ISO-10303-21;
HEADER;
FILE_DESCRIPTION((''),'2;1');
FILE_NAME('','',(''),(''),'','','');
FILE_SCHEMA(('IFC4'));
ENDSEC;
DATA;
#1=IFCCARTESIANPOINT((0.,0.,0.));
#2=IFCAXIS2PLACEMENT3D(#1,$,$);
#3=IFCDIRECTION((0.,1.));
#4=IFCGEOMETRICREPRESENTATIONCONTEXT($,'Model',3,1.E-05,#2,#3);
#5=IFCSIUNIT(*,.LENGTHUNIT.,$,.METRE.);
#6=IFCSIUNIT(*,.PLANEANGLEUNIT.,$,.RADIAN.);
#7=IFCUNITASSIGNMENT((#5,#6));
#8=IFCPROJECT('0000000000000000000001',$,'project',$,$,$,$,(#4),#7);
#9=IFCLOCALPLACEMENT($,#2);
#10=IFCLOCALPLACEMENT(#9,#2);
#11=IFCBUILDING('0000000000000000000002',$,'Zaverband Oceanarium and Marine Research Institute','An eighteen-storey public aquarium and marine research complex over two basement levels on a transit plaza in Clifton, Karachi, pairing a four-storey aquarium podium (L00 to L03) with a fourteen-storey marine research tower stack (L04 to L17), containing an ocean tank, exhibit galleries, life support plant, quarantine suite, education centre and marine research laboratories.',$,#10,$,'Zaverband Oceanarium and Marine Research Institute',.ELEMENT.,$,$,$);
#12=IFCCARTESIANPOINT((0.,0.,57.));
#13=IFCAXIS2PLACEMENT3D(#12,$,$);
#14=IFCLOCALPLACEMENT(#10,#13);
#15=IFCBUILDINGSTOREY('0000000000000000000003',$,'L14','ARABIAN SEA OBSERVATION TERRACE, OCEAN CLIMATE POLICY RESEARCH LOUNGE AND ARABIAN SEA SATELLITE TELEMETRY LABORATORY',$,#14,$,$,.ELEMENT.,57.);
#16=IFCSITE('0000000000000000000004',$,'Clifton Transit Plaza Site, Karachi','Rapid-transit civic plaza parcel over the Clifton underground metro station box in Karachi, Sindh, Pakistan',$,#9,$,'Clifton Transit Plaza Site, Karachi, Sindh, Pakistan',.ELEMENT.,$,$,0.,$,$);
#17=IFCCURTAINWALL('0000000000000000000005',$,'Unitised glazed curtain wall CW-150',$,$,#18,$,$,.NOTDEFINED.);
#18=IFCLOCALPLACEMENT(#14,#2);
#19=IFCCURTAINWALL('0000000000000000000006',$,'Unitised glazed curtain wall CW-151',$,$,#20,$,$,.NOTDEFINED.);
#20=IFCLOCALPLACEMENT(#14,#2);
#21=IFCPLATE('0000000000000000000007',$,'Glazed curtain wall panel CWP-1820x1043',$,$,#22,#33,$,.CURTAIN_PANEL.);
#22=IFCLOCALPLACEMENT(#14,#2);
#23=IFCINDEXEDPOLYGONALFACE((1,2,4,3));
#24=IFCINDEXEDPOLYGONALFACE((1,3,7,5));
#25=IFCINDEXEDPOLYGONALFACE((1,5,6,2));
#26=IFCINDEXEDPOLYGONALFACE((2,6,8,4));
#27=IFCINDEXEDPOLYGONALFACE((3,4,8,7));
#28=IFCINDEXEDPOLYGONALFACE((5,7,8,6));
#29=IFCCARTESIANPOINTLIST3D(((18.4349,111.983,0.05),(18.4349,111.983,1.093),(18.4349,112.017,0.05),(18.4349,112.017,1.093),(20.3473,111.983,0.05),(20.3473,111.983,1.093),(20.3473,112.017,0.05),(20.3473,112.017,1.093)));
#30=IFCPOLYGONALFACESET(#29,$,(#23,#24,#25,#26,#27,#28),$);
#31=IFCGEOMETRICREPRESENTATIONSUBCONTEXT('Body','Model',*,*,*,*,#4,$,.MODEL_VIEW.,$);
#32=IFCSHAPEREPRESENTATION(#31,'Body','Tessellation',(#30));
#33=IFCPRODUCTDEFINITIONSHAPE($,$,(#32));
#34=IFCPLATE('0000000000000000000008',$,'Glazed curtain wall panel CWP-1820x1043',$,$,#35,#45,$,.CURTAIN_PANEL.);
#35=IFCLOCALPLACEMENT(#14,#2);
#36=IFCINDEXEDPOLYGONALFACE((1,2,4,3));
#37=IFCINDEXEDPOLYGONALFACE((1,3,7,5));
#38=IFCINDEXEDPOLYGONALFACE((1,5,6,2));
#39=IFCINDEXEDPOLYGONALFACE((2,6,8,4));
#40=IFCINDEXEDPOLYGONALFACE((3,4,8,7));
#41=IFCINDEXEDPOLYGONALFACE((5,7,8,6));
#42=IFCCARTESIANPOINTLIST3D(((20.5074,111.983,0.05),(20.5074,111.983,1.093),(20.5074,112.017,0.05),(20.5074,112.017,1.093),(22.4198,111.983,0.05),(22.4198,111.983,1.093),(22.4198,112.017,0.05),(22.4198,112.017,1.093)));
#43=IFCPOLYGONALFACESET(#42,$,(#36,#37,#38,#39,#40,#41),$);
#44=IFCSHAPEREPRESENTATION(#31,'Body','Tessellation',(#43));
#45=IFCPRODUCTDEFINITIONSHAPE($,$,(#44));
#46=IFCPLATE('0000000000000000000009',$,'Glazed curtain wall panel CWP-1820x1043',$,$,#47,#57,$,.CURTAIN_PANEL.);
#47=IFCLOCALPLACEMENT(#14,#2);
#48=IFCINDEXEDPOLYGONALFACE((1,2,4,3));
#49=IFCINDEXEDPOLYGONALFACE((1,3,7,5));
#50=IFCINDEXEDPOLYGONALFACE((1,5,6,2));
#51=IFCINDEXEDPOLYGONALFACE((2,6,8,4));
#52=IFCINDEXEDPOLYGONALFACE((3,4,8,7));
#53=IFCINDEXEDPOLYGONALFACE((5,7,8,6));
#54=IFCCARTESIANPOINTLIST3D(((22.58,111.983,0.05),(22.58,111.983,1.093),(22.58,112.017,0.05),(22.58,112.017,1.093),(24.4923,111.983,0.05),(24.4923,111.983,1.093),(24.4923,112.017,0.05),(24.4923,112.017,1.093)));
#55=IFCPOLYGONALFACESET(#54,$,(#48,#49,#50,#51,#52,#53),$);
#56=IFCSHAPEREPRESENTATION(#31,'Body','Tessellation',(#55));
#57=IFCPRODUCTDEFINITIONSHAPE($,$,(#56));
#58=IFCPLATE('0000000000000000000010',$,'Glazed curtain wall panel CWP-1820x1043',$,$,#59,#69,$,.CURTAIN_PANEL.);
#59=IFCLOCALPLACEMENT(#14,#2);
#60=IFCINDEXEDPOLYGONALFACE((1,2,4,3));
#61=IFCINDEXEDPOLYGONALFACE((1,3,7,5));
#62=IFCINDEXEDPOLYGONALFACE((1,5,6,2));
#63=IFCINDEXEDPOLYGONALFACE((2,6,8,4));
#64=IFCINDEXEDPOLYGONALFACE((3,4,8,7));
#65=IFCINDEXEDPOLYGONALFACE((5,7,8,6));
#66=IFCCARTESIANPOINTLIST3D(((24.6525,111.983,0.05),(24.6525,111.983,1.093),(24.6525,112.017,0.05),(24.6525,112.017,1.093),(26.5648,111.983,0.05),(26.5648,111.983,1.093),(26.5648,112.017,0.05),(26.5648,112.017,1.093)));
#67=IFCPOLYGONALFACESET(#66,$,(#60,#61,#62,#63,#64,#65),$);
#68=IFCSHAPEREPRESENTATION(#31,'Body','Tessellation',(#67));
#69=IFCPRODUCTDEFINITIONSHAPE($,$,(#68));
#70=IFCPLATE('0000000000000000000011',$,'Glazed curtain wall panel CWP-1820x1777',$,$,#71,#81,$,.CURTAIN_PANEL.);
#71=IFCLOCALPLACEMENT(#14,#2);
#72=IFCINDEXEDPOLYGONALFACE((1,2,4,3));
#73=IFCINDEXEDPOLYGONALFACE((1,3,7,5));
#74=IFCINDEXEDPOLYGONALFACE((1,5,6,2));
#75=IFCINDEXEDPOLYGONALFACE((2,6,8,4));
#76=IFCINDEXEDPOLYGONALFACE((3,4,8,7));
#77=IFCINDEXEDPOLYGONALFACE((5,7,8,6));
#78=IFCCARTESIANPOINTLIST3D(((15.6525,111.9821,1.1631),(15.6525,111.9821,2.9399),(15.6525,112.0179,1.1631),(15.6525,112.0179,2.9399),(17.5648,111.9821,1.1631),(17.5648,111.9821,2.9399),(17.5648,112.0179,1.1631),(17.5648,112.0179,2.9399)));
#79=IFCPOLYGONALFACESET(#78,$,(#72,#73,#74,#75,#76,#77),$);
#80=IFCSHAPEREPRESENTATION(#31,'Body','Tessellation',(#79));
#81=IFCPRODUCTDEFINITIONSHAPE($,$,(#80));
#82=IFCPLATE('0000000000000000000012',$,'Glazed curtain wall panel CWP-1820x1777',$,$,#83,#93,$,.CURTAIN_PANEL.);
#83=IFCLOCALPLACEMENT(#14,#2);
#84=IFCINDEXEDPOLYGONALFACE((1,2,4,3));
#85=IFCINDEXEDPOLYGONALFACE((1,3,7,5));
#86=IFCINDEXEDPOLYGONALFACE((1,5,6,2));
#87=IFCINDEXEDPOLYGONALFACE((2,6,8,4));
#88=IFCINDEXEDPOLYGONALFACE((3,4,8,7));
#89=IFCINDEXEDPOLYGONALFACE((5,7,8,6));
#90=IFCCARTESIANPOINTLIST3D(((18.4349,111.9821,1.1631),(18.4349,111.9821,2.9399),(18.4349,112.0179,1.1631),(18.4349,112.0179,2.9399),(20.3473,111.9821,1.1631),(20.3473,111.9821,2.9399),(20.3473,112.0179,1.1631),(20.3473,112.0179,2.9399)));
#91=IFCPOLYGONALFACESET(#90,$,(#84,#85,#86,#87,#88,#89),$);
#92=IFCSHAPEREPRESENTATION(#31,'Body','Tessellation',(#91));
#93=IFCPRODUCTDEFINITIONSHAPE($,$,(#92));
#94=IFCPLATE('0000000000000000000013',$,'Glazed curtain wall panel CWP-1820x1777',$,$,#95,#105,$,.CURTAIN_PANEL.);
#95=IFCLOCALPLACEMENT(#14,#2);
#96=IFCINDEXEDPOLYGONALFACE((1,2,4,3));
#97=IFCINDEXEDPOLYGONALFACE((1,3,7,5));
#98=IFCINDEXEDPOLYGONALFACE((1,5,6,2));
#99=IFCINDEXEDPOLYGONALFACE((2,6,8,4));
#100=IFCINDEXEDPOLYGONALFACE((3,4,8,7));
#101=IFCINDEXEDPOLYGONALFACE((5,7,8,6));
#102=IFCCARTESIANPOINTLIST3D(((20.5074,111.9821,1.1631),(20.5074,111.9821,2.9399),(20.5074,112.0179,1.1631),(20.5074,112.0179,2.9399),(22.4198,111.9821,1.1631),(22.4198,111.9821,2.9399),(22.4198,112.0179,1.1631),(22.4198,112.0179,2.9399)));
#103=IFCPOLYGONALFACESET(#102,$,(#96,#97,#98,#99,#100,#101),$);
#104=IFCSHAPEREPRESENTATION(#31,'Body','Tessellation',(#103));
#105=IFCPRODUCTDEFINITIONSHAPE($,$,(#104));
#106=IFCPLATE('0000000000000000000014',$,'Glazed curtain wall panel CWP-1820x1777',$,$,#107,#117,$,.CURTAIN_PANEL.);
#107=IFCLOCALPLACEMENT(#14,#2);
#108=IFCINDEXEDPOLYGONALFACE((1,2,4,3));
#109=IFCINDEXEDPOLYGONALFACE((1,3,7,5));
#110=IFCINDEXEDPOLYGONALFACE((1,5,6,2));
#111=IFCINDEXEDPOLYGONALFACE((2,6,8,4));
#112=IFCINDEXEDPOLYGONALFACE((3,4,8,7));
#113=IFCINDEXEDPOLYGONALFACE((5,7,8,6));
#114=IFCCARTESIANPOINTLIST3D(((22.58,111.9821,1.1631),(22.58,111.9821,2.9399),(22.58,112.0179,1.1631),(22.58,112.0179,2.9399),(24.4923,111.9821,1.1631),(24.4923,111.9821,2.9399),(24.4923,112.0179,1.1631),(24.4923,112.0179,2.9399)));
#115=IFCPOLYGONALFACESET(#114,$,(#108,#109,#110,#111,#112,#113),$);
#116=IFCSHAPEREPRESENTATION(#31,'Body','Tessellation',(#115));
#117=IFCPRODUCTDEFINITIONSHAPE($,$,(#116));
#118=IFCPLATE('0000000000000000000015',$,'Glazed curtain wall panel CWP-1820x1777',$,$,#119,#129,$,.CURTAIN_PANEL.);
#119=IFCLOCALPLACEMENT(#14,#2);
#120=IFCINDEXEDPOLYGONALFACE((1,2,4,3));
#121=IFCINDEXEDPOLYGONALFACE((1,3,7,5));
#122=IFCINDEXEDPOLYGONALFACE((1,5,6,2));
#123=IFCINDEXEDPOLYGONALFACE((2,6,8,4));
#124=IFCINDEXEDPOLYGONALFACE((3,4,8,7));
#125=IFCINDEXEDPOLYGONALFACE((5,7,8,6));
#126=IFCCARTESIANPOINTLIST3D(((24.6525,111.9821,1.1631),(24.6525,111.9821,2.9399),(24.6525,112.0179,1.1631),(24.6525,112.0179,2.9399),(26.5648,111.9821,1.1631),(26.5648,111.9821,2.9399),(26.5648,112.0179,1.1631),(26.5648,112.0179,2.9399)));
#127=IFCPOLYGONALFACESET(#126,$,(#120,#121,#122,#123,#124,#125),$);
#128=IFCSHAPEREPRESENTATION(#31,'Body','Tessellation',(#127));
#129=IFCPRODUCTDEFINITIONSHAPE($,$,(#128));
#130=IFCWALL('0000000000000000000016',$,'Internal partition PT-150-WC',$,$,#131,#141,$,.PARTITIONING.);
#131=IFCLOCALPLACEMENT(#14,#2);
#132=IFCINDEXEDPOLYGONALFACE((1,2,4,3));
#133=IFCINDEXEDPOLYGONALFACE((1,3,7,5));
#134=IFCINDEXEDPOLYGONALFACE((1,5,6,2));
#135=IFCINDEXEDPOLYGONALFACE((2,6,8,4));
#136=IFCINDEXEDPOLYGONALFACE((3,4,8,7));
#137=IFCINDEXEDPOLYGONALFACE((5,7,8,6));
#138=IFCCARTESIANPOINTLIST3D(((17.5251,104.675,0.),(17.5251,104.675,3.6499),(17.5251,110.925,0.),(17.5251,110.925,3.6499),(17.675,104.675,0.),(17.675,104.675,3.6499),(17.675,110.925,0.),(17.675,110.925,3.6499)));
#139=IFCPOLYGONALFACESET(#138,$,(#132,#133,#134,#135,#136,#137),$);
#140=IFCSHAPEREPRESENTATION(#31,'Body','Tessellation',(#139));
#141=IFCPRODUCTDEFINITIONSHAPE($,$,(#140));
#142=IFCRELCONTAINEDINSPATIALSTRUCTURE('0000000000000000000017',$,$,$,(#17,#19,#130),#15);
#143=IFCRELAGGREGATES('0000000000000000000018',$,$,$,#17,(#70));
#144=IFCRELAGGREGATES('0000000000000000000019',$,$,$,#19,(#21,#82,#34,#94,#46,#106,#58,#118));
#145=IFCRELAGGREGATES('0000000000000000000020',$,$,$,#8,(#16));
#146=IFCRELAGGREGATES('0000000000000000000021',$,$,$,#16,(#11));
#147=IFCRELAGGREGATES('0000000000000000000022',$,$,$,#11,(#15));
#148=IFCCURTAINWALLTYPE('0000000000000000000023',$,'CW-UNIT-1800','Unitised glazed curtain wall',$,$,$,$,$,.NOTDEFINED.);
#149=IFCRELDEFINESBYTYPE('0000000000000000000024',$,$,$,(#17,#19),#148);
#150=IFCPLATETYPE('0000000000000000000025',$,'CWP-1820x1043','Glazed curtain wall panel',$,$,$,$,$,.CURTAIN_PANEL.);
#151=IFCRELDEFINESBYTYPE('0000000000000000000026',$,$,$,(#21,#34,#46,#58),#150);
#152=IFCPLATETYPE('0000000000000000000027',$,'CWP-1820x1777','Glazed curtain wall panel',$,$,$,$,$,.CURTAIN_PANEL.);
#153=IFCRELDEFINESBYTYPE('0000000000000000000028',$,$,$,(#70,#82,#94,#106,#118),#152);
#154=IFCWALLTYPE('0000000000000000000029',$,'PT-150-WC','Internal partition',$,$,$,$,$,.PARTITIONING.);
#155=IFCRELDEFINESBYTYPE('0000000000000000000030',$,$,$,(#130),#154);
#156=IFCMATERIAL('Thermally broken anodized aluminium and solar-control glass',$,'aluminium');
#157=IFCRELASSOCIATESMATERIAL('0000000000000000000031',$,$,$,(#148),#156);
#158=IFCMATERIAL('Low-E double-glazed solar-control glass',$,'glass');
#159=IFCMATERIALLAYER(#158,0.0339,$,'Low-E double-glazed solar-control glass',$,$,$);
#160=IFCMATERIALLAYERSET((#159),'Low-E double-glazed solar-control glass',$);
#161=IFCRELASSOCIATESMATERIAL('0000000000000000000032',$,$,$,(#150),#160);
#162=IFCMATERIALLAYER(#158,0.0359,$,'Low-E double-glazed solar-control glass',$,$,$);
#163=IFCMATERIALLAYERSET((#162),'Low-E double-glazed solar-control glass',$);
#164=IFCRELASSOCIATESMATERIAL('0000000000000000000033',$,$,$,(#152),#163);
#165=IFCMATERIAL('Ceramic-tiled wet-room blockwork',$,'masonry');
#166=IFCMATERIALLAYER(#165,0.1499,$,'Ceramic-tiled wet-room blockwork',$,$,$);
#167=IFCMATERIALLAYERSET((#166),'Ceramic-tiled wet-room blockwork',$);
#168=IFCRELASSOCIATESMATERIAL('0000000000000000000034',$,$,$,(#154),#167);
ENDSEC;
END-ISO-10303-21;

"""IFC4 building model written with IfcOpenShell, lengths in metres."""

from ifc_helpers import new_model, si_unit, direction, frame, frame_2d, origin, place, context, subcontext, project, spatial, rectangle, extrude, material, layer, layer_set, type_object, element, aggregate, save


model = new_model("IFC4")

# Units and contexts
model_context = context("Model", 3, precision=1e-05, world=origin(), true_north=direction((0.0, 1.0)))
body_context = subcontext(model_context, "Body", "Model", "MODEL_VIEW")
ifc_project = project(units=[si_unit("LENGTHUNIT", "METRE"), si_unit("PLANEANGLEUNIT", "RADIAN")], contexts=[model_context])

# Site, building, storey
site_placement = place(None, origin())
site = spatial("IfcSite", under=ifc_project, at=site_placement, Name="Clifton Transit Plaza Site, Karachi", Description="Rapid-transit civic plaza parcel over the Clifton underground metro station box in Karachi, Sindh, Pakistan", LongName="Clifton Transit Plaza Site, Karachi, Sindh, Pakistan", CompositionType="ELEMENT", RefElevation=0.0)
building_placement = place(site_placement, origin())
building = spatial("IfcBuilding", under=site, at=building_placement, Name="Zaverband Oceanarium and Marine Research Institute", Description="An eighteen-storey public aquarium and marine research complex over two basement levels on a transit plaza in Clifton, Karachi, pairing a four-storey aquarium podium (L00 to L03) with a fourteen-storey marine research tower stack (L04 to L17), containing an ocean tank, exhibit galleries, life support plant, quarantine suite, education centre and marine research laboratories.", LongName="Zaverband Oceanarium and Marine Research Institute", CompositionType="ELEMENT")
storey_placement = place(building_placement, frame((0.0, 0.0, 57.0)))
storey = spatial("IfcBuildingStorey", under=building, at=storey_placement, Name="L14", Description="ARABIAN SEA OBSERVATION TERRACE, OCEAN CLIMATE POLICY RESEARCH LOUNGE AND ARABIAN SEA SATELLITE TELEMETRY LABORATORY", CompositionType="ELEMENT", Elevation=57.0)

# Curtain walls
ifc_material_1 = material(Name="Thermally broken anodized aluminium and solar-control glass", Category="aluminium")
curtain_wall_type = type_object("IfcCurtainWallType", Name="CW-UNIT-1800", Description="Unitised glazed curtain wall", PredefinedType="NOTDEFINED", material=ifc_material_1)
curtain_wall_1_placement = place(storey_placement, origin())
curtain_wall_1 = element("IfcCurtainWall", 1, at=curtain_wall_1_placement, inside=storey, type_object=curtain_wall_type, Name="Unitised glazed curtain wall CW-150", PredefinedType="NOTDEFINED")
curtain_wall_2_placement = place(storey_placement, origin())
curtain_wall_2 = element("IfcCurtainWall", 2, at=curtain_wall_2_placement, inside=storey, type_object=curtain_wall_type, Name="Unitised glazed curtain wall CW-151", PredefinedType="NOTDEFINED")

# Plates
ifc_material_2 = material(Name="Low-E double-glazed solar-control glass", Category="glass")
ifc_layer_1 = layer(ifc_material_2, 0.0339, Name="Low-E double-glazed solar-control glass")
ifc_layer_set_1 = layer_set([ifc_layer_1], Name="Low-E double-glazed solar-control glass")
plate_type_1 = type_object("IfcPlateType", Name="CWP-1820x1043", Description="Glazed curtain wall panel", PredefinedType="CURTAIN_PANEL", material=ifc_layer_set_1)
plate_1_placement = place(storey_placement, frame((18.4351, 112.0, 0.05), z_axis=(0.0, 0.0, 1.0), x_axis=(1.0, 0.0, 0.0)))
plate_1 = element("IfcPlate", 3, at=plate_1_placement, type_object=plate_type_1, Name="Glazed curtain wall panel CWP-1820x1043", PredefinedType="CURTAIN_PANEL", context=body_context, shape_type="SweptSolid", body=[
    extrude(rectangle(XDim=1.9124, YDim=0.0339, at=frame_2d((0.9561, 0.0))), origin(), (0.0, 0.0, 1.0), 1.043),
])
plate_2_placement = place(storey_placement, frame((20.5076, 112.0, 0.05), z_axis=(0.0, 0.0, 1.0), x_axis=(1.0, 0.0, 0.0)))
plate_2 = element("IfcPlate", 4, at=plate_2_placement, type_object=plate_type_1, Name="Glazed curtain wall panel CWP-1820x1043", PredefinedType="CURTAIN_PANEL", context=body_context, shape_type="SweptSolid", body=[
    extrude(rectangle(XDim=1.9124, YDim=0.0339, at=frame_2d((0.9561, 0.0))), origin(), (0.0, 0.0, 1.0), 1.043),
])
plate_3_placement = place(storey_placement, frame((22.5801, 112.0, 0.05), z_axis=(0.0, 0.0, 1.0), x_axis=(1.0, 0.0, 0.0)))
plate_3 = element("IfcPlate", 5, at=plate_3_placement, type_object=plate_type_1, Name="Glazed curtain wall panel CWP-1820x1043", PredefinedType="CURTAIN_PANEL", context=body_context, shape_type="SweptSolid", body=[
    extrude(rectangle(XDim=1.9124, YDim=0.0339, at=frame_2d((0.9561, 0.0))), origin(), (0.0, 0.0, 1.0), 1.043),
])
plate_4_placement = place(storey_placement, frame((24.6526, 112.0, 0.05), z_axis=(0.0, 0.0, 1.0), x_axis=(1.0, 0.0, 0.0)))
plate_4 = element("IfcPlate", 6, at=plate_4_placement, type_object=plate_type_1, Name="Glazed curtain wall panel CWP-1820x1043", PredefinedType="CURTAIN_PANEL", context=body_context, shape_type="SweptSolid", body=[
    extrude(rectangle(XDim=1.9124, YDim=0.0339, at=frame_2d((0.9561, 0.0))), origin(), (0.0, 0.0, 1.0), 1.043),
])
ifc_layer_2 = layer(ifc_material_2, 0.0359, Name="Low-E double-glazed solar-control glass")
ifc_layer_set_2 = layer_set([ifc_layer_2], Name="Low-E double-glazed solar-control glass")
plate_type_2 = type_object("IfcPlateType", Name="CWP-1820x1777", Description="Glazed curtain wall panel", PredefinedType="CURTAIN_PANEL", material=ifc_layer_set_2)
plate_5_placement = place(storey_placement, frame((15.6526, 112.0, 1.1631), z_axis=(0.0, 0.0, 1.0), x_axis=(1.0, 0.0, 0.0)))
plate_5 = element("IfcPlate", 7, at=plate_5_placement, type_object=plate_type_2, Name="Glazed curtain wall panel CWP-1820x1777", PredefinedType="CURTAIN_PANEL", context=body_context, shape_type="SweptSolid", body=[
    extrude(rectangle(XDim=1.9124, YDim=0.0359, at=frame_2d((0.9561, 0.0))), origin(), (0.0, 0.0, 1.0), 1.7769),
])
aggregate(curtain_wall_1, [plate_5])
plate_6_placement = place(storey_placement, frame((18.4351, 112.0, 1.1631), z_axis=(0.0, 0.0, 1.0), x_axis=(1.0, 0.0, 0.0)))
plate_6 = element("IfcPlate", 8, at=plate_6_placement, type_object=plate_type_2, Name="Glazed curtain wall panel CWP-1820x1777", PredefinedType="CURTAIN_PANEL", context=body_context, shape_type="SweptSolid", body=[
    extrude(rectangle(XDim=1.9124, YDim=0.0359, at=frame_2d((0.9561, 0.0))), origin(), (0.0, 0.0, 1.0), 1.7769),
])
plate_7_placement = place(storey_placement, frame((20.5076, 112.0, 1.1631), z_axis=(0.0, 0.0, 1.0), x_axis=(1.0, 0.0, 0.0)))
plate_7 = element("IfcPlate", 9, at=plate_7_placement, type_object=plate_type_2, Name="Glazed curtain wall panel CWP-1820x1777", PredefinedType="CURTAIN_PANEL", context=body_context, shape_type="SweptSolid", body=[
    extrude(rectangle(XDim=1.9124, YDim=0.0359, at=frame_2d((0.9561, 0.0))), origin(), (0.0, 0.0, 1.0), 1.7769),
])
plate_8_placement = place(storey_placement, frame((22.5801, 112.0, 1.1631), z_axis=(0.0, 0.0, 1.0), x_axis=(1.0, 0.0, 0.0)))
plate_8 = element("IfcPlate", 10, at=plate_8_placement, type_object=plate_type_2, Name="Glazed curtain wall panel CWP-1820x1777", PredefinedType="CURTAIN_PANEL", context=body_context, shape_type="SweptSolid", body=[
    extrude(rectangle(XDim=1.9124, YDim=0.0359, at=frame_2d((0.9561, 0.0))), origin(), (0.0, 0.0, 1.0), 1.7769),
])
plate_9_placement = place(storey_placement, frame((24.6526, 112.0, 1.1631), z_axis=(0.0, 0.0, 1.0), x_axis=(1.0, 0.0, 0.0)))
plate_9 = element("IfcPlate", 11, at=plate_9_placement, type_object=plate_type_2, Name="Glazed curtain wall panel CWP-1820x1777", PredefinedType="CURTAIN_PANEL", context=body_context, shape_type="SweptSolid", body=[
    extrude(rectangle(XDim=1.9124, YDim=0.0359, at=frame_2d((0.9561, 0.0))), origin(), (0.0, 0.0, 1.0), 1.7769),
])
aggregate(curtain_wall_2, [plate_1, plate_6, plate_2, plate_7, plate_3, plate_8, plate_4, plate_9])

# Wall
ifc_material_3 = material(Name="Ceramic-tiled wet-room blockwork", Category="masonry")
ifc_layer_3 = layer(ifc_material_3, 0.1499, Name="Ceramic-tiled wet-room blockwork")
ifc_layer_set_3 = layer_set([ifc_layer_3], Name="Ceramic-tiled wet-room blockwork")
wall_type = type_object("IfcWallType", Name="PT-150-WC", Description="Internal partition", PredefinedType="PARTITIONING", material=ifc_layer_set_3)
wall_placement = place(storey_placement, frame((17.6001, 104.675, 0.0), z_axis=(0.0, 0.0, 1.0), x_axis=(0.0, 1.0, 0.0)))
element("IfcWall", 12, at=wall_placement, inside=storey, type_object=wall_type, Name="Internal partition PT-150-WC", PredefinedType="PARTITIONING", context=body_context, shape_type="SweptSolid", body=[
    extrude(rectangle(XDim=6.25, YDim=0.1499, at=frame_2d((3.125, 0.0))), origin(), (0.0, 0.0, 1.0), 3.6499),
])

save(model, "model.ifc")
